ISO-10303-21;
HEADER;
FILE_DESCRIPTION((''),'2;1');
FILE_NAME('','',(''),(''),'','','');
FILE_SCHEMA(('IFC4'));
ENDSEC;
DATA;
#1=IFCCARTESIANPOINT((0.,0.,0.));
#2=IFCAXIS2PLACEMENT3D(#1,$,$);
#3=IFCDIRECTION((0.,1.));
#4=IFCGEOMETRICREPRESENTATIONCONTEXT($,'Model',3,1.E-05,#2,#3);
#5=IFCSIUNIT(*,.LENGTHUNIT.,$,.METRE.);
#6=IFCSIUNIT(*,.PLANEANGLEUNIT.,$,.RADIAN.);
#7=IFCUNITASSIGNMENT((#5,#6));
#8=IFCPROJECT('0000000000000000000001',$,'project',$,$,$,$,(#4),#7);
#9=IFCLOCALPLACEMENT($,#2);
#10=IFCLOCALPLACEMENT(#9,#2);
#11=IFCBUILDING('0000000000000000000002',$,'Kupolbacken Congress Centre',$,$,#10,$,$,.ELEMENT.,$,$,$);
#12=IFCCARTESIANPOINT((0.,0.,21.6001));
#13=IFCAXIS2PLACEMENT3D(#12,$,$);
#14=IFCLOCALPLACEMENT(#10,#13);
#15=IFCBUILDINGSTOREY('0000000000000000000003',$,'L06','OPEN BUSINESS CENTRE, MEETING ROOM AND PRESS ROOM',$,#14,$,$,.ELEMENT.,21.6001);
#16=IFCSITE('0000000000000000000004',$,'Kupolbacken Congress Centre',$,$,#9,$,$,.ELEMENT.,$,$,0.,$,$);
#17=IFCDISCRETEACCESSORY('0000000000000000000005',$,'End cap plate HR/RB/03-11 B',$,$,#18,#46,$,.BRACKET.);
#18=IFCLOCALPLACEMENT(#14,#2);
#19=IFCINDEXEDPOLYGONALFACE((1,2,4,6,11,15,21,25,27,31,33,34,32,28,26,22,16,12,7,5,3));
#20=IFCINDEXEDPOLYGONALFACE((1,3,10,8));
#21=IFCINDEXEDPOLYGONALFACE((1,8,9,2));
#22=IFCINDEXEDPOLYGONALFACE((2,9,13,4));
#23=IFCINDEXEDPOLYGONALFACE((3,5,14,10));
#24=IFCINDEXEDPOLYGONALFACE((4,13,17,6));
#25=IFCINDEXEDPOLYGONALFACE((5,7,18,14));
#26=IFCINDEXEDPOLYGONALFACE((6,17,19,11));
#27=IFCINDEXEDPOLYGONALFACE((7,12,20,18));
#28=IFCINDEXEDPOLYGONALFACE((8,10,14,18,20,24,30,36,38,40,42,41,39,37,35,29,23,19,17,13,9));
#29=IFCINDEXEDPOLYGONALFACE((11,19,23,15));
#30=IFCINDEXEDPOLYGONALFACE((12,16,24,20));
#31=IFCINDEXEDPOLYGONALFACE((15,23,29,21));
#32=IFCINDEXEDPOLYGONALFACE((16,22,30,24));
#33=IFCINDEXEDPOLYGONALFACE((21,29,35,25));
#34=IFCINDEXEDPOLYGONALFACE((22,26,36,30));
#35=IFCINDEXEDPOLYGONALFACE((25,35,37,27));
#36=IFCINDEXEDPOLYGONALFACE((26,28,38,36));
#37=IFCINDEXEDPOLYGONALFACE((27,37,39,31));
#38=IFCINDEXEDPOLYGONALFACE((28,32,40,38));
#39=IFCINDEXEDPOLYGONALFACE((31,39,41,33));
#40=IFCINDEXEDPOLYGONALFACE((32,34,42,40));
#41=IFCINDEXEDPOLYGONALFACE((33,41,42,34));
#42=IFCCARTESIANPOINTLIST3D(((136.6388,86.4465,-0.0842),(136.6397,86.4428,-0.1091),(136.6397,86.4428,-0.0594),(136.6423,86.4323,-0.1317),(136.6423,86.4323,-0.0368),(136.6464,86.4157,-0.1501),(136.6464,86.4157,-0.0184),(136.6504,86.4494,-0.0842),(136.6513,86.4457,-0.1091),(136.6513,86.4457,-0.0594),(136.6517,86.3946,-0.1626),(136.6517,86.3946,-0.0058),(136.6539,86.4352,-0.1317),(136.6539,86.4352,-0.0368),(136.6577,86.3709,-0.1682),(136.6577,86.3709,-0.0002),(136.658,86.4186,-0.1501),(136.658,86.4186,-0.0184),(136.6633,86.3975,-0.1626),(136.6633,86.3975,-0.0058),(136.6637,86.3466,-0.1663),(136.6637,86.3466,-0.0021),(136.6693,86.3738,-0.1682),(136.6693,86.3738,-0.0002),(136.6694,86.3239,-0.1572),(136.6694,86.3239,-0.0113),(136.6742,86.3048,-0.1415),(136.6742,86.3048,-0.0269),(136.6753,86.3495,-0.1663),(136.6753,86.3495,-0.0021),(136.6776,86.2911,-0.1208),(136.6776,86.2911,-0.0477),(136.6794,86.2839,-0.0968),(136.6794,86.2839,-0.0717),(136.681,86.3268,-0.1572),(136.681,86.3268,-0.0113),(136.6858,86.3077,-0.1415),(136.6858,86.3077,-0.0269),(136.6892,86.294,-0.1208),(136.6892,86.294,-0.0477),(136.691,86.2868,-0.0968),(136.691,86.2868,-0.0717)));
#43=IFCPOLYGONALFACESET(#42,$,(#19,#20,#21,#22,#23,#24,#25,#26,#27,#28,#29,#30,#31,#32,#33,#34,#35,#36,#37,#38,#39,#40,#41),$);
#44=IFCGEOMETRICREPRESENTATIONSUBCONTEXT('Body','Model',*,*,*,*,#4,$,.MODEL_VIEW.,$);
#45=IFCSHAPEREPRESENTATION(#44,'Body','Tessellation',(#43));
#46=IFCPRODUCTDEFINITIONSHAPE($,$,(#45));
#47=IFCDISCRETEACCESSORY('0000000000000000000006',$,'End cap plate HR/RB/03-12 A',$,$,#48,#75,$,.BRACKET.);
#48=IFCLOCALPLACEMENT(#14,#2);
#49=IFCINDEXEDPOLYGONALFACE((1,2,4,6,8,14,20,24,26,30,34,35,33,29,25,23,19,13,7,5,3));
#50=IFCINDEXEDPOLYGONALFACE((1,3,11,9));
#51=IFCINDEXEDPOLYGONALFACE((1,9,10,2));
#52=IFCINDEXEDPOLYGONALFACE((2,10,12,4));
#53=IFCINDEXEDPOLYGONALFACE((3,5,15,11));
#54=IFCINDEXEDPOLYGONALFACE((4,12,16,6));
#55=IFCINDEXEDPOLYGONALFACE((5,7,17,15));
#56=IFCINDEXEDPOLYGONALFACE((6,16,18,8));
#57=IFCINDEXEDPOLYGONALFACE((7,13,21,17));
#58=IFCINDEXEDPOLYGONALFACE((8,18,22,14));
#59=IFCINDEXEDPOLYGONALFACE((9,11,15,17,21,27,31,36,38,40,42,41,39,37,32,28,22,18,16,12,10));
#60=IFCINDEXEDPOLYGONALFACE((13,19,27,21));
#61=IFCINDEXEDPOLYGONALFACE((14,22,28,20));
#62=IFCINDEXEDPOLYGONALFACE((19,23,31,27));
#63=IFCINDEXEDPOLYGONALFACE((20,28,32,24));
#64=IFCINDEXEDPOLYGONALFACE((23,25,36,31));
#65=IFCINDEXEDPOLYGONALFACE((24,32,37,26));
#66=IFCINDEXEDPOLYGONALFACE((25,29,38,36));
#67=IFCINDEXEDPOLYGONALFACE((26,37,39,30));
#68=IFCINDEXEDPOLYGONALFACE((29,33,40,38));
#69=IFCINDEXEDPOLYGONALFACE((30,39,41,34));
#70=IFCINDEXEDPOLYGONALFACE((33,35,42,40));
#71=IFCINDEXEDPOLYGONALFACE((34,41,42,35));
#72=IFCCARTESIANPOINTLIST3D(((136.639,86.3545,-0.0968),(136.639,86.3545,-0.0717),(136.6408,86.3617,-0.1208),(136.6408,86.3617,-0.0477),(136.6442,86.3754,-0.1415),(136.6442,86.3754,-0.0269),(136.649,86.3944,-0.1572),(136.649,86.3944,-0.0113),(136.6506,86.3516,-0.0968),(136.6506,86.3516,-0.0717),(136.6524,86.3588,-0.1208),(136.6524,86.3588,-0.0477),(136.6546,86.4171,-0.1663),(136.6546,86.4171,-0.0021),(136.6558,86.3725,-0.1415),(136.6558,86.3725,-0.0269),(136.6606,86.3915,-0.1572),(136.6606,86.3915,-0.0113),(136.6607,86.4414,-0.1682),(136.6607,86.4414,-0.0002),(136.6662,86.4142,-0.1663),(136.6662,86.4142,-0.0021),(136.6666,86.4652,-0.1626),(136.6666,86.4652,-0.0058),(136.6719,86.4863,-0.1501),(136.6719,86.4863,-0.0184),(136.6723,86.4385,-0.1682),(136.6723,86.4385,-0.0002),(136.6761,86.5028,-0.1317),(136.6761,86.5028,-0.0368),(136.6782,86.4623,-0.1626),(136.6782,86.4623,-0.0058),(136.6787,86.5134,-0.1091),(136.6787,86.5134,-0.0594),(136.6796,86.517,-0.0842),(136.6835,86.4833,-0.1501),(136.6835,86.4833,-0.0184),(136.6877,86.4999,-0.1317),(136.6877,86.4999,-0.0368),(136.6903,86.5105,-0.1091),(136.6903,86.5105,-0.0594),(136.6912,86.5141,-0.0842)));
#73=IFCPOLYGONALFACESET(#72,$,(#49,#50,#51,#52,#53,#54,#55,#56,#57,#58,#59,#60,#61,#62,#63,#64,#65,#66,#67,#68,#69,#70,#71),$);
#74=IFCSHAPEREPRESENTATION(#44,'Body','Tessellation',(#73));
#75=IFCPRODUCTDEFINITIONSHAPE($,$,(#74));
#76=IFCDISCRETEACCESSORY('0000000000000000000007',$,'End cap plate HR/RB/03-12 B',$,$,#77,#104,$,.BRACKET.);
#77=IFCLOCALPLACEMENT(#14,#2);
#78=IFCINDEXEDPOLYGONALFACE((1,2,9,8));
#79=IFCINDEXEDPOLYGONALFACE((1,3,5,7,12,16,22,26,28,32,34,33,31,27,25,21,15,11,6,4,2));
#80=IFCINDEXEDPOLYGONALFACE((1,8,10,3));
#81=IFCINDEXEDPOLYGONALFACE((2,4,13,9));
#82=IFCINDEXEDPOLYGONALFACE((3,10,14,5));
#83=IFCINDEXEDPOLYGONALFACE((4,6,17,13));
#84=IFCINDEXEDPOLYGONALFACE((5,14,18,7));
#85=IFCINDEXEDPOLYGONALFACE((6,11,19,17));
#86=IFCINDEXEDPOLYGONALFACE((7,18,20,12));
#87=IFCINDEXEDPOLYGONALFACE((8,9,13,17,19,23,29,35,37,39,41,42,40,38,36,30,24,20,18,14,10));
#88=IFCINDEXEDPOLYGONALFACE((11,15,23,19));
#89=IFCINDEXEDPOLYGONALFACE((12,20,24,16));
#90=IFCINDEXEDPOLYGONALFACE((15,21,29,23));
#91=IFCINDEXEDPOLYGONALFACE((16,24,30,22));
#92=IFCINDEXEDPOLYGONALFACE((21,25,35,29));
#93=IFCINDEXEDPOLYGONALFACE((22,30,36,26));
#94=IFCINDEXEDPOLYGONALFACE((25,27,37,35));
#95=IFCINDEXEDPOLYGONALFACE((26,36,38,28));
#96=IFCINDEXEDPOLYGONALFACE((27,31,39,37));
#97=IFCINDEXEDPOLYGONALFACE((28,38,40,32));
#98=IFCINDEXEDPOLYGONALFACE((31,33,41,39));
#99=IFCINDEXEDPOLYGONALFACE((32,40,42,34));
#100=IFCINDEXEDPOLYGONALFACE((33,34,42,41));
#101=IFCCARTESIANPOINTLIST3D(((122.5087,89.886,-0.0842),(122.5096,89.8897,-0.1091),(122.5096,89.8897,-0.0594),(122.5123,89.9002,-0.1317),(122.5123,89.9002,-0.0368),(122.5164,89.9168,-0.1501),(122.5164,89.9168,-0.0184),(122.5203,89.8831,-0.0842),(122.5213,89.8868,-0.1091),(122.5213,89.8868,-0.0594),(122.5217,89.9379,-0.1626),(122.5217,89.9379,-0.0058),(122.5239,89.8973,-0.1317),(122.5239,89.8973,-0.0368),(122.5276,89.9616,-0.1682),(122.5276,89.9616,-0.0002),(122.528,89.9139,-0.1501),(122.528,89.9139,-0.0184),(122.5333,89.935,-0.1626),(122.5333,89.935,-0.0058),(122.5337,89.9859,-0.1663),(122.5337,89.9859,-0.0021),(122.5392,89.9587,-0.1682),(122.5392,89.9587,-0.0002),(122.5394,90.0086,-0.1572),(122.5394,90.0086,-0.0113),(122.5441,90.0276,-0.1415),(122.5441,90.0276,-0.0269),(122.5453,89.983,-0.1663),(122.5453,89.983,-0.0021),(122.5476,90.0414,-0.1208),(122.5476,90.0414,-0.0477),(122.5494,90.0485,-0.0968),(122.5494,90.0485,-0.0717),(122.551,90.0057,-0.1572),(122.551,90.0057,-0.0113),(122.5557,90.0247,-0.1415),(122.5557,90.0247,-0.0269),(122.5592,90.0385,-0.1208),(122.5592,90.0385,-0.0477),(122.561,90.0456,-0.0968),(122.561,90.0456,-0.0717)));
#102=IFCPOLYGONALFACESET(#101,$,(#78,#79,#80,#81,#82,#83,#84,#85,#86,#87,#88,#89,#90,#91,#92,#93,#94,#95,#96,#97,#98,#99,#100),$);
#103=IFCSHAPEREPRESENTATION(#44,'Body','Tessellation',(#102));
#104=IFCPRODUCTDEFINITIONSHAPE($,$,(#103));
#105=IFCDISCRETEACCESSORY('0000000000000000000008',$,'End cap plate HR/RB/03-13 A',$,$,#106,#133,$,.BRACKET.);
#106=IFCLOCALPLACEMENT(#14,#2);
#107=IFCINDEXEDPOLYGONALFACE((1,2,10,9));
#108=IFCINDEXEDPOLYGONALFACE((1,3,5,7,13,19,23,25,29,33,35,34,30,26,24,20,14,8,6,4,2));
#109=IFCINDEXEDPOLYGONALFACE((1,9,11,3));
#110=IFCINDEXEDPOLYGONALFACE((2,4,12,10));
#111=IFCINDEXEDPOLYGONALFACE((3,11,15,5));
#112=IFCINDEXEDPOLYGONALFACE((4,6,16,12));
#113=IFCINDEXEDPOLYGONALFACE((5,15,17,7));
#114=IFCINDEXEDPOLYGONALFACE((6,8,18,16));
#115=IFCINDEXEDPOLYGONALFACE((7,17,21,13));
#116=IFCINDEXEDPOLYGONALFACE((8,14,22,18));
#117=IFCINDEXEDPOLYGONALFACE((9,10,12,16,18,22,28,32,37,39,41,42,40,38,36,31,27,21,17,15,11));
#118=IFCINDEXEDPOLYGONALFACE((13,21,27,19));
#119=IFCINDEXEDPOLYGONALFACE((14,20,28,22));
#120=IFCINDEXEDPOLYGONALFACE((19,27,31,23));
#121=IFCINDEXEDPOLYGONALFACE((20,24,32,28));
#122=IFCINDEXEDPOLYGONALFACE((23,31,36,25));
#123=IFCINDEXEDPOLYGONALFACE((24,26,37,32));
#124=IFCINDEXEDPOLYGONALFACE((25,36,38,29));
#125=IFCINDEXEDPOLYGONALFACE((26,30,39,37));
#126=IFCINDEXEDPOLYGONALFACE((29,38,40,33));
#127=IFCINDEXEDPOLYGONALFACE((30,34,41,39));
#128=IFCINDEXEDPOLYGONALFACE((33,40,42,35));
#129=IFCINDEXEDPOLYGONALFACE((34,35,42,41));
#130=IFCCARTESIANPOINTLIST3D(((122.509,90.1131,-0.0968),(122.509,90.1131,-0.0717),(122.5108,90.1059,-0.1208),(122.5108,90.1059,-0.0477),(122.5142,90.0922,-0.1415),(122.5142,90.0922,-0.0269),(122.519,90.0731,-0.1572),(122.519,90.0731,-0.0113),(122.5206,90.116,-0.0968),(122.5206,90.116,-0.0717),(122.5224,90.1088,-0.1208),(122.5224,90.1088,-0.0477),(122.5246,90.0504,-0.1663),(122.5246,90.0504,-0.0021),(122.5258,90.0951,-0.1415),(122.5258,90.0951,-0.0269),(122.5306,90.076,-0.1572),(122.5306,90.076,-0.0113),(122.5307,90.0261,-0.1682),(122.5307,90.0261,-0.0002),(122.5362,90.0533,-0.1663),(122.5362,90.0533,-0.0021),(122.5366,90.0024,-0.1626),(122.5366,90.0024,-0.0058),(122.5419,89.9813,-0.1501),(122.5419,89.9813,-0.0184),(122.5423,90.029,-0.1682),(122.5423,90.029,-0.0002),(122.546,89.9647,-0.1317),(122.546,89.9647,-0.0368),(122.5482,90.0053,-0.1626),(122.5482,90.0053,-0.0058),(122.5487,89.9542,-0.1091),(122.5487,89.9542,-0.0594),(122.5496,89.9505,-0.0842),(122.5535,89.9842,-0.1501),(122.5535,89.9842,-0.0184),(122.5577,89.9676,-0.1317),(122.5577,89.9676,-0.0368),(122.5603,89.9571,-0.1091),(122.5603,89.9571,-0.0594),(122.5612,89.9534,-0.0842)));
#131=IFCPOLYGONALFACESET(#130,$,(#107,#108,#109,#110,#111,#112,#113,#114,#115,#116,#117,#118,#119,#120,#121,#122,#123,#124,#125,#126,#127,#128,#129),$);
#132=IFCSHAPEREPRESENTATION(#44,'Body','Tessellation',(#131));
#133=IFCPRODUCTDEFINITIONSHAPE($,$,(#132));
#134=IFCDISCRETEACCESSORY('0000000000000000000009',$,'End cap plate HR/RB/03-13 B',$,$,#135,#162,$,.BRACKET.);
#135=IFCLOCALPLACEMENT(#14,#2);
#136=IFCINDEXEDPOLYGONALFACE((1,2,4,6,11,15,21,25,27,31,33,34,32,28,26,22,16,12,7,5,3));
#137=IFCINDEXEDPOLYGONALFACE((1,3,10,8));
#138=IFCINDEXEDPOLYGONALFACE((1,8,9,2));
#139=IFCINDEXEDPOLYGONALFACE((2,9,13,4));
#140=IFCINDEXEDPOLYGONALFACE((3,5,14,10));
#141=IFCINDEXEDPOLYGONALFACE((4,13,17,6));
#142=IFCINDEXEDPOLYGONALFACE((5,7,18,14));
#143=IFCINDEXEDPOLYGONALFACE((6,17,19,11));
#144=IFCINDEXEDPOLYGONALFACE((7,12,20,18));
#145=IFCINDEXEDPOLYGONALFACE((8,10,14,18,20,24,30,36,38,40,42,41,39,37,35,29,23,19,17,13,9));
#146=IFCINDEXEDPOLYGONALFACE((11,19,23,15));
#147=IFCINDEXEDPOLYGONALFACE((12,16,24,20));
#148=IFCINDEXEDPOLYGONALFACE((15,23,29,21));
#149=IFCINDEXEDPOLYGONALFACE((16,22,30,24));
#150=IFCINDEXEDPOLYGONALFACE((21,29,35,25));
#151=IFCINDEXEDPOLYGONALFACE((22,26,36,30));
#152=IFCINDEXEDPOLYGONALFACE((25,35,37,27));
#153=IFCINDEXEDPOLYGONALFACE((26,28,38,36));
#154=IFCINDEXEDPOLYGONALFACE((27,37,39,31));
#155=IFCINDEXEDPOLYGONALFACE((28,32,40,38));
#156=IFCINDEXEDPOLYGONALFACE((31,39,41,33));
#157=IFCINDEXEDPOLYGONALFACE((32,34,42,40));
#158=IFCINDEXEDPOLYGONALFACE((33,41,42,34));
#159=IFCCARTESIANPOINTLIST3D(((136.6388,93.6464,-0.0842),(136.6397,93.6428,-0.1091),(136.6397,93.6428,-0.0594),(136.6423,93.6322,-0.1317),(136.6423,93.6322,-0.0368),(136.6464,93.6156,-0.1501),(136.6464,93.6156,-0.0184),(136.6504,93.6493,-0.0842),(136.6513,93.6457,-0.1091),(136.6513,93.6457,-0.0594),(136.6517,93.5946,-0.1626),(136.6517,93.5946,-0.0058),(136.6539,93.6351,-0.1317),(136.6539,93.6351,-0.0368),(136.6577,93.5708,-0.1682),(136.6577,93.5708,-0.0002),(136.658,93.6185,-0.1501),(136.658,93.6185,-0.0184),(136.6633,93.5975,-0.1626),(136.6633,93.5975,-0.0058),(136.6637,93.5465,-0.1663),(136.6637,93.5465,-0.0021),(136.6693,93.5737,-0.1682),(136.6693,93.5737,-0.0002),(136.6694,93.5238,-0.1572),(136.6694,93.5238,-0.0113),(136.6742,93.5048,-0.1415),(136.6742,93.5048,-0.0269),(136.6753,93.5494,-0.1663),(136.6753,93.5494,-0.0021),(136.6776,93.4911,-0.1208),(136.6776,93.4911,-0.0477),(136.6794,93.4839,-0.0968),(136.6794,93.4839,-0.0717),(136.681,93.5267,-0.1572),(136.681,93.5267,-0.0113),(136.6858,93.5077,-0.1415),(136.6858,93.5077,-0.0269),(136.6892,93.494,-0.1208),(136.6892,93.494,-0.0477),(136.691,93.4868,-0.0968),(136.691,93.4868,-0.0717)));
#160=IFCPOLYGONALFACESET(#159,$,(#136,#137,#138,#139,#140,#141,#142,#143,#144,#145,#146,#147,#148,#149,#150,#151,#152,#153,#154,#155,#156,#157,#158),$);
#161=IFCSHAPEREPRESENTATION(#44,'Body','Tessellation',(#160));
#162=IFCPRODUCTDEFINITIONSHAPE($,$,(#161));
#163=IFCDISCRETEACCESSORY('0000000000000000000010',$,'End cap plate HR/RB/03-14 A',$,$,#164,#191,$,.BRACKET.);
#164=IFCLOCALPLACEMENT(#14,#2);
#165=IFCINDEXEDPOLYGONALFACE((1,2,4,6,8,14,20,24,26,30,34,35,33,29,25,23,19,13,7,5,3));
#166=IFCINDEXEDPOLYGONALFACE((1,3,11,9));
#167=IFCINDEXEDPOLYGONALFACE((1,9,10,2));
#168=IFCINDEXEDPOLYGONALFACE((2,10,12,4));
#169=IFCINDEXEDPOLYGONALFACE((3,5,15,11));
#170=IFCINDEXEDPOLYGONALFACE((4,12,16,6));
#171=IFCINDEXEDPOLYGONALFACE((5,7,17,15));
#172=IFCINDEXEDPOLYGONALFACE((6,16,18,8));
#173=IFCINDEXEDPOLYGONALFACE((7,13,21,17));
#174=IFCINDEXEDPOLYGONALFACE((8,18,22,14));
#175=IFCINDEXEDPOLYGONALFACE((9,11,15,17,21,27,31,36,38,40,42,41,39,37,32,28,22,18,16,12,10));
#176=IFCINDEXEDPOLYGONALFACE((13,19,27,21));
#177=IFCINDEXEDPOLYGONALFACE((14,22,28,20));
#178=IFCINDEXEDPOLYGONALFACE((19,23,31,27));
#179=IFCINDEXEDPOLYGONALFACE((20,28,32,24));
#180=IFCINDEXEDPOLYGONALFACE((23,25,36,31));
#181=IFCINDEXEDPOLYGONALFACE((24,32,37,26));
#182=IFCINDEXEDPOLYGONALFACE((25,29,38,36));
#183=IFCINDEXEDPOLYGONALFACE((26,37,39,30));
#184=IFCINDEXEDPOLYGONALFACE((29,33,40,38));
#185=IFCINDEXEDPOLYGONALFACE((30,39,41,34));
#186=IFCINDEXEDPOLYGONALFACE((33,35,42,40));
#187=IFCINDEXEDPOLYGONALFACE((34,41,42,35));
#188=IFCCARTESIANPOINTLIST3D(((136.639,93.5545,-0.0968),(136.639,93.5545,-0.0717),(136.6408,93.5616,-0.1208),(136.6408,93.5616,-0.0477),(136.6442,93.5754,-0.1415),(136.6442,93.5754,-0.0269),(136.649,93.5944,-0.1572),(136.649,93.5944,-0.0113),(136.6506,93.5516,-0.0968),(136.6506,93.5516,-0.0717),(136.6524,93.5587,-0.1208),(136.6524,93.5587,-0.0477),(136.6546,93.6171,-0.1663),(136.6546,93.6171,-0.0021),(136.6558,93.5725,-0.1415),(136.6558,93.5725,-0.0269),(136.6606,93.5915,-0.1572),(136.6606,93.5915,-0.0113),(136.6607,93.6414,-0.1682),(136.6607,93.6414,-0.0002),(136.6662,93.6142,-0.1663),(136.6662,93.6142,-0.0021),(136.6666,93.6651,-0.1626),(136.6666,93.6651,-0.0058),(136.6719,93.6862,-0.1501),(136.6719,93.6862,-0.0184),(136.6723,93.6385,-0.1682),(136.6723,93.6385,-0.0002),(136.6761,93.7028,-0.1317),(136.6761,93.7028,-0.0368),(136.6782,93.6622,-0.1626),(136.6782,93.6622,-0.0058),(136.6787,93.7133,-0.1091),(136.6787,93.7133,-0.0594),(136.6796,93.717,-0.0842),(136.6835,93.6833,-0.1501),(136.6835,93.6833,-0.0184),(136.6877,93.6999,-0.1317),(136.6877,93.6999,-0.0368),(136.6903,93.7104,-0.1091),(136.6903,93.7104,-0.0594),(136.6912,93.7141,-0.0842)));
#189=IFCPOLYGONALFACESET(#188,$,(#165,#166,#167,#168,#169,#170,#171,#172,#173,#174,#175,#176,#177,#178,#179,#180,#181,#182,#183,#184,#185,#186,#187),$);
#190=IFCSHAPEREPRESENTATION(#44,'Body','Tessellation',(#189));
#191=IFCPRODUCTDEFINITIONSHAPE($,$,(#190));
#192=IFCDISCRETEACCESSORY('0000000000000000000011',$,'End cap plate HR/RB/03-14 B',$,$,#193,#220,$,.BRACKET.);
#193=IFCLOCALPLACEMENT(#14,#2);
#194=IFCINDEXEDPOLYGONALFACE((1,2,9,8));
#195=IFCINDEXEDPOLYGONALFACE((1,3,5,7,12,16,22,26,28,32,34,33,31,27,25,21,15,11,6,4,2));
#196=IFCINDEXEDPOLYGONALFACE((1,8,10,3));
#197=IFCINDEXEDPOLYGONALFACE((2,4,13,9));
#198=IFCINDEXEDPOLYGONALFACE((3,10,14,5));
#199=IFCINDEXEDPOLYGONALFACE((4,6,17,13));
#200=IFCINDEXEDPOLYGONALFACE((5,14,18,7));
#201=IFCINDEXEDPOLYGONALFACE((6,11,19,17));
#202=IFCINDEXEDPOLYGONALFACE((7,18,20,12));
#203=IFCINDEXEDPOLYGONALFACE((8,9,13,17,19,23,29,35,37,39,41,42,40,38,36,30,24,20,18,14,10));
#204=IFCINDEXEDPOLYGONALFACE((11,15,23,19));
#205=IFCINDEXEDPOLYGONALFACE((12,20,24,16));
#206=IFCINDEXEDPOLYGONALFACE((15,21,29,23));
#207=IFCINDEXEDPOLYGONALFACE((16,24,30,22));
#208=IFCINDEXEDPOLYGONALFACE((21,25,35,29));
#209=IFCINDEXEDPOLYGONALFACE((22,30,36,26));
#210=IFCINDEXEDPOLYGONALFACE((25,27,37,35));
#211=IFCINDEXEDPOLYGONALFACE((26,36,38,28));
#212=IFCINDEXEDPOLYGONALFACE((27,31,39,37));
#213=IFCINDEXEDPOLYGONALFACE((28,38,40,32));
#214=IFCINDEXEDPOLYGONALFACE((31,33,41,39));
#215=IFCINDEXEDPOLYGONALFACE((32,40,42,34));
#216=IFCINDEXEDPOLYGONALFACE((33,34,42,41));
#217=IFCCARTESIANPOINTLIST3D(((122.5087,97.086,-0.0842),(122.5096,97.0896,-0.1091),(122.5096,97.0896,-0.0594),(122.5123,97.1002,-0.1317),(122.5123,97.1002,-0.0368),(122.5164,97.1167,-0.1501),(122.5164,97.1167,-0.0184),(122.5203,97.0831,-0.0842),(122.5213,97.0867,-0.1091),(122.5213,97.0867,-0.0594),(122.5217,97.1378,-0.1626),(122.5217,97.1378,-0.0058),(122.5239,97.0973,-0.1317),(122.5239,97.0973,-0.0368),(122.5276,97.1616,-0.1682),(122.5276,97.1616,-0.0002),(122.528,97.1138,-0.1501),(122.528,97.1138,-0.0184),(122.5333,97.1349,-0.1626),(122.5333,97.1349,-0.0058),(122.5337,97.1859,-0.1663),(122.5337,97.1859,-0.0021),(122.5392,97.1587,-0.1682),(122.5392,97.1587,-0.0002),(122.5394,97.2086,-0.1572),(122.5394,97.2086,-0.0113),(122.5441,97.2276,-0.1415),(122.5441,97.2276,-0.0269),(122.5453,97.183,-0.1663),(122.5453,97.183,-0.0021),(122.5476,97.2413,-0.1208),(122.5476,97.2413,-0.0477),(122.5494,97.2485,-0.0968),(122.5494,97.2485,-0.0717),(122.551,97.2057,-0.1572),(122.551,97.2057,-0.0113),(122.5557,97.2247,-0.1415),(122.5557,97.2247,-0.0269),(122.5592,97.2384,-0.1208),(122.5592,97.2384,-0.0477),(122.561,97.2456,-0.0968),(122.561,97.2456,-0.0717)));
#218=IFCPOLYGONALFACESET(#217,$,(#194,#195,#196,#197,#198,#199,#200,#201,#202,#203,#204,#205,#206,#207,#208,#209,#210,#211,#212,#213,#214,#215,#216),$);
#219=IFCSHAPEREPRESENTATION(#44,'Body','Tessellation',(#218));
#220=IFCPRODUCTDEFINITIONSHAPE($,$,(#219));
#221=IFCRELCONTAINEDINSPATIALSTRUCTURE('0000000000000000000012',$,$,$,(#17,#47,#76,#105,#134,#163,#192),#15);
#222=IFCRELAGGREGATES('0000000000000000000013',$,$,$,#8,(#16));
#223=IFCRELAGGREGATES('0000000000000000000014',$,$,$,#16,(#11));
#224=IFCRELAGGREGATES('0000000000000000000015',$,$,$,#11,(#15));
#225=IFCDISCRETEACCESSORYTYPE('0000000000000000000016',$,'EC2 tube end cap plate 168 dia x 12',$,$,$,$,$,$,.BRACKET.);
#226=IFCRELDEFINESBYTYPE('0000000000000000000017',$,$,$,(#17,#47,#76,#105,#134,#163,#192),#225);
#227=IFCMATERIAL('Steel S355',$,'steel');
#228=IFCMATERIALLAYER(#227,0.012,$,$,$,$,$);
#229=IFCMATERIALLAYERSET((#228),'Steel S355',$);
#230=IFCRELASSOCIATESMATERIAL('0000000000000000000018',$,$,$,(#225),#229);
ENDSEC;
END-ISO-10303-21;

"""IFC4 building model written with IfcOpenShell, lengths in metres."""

from ifc_helpers import new_model, si_unit, direction, frame, origin, origin_2d, place, context, subcontext, project, spatial, circle, extrude, material, layer, layer_set, type_object, element, save


model = new_model("IFC4")

# Units and contexts
model_context = context("Model", 3, precision=1e-05, world=origin(), true_north=direction((0.0, 1.0)))
body_context = subcontext(model_context, "Body", "Model", "MODEL_VIEW")
ifc_project = project(units=[si_unit("LENGTHUNIT", "METRE"), si_unit("PLANEANGLEUNIT", "RADIAN")], contexts=[model_context])

# Site, building, storey
site_placement = place(None, origin())
site = spatial("IfcSite", under=ifc_project, at=site_placement, Name="Kupolbacken Congress Centre", CompositionType="ELEMENT", RefElevation=0.0)
building_placement = place(site_placement, origin())
building = spatial("IfcBuilding", under=site, at=building_placement, Name="Kupolbacken Congress Centre", CompositionType="ELEMENT")
storey_placement = place(building_placement, frame((0.0, 0.0, 21.6001)))
storey = spatial("IfcBuildingStorey", under=building, at=storey_placement, Name="L06", Description="OPEN BUSINESS CENTRE, MEETING ROOM AND PRESS ROOM", CompositionType="ELEMENT", Elevation=21.6001)

# Discrete accessories
ifc_material_1 = material(Name="Steel S355", Category="steel")
ifc_layer_1 = layer(ifc_material_1, 0.012)
ifc_layer_set_1 = layer_set([ifc_layer_1], Name="Steel S355")
discrete_accessory_type = type_object("IfcDiscreteAccessoryType", Name="EC2 tube end cap plate 168 dia x 12", PredefinedType="BRACKET", material=ifc_layer_set_1)
for number, where, z_axis, x_axis, name in (
    (1, (136.6592, 86.3647, -0.0842), (0.970143, 0.242536, 0.0), (-0.242536, 0.970143, 0.0), "End cap plate HR/RB/03-11 B"),
    (2, (136.6592, 86.4353, -0.0842), (0.970143, -0.242536, 0.0), (0.242536, 0.970143, 0.0), "End cap plate HR/RB/03-12 A"),
    (3, (122.5408, 89.9648, -0.0842), (-0.970143, 0.242536, 0.0), (-0.242536, -0.970143, 0.0), "End cap plate HR/RB/03-12 B"),
    (4, (122.5408, 90.0352, -0.0842), (-0.970143, -0.242536, 0.0), (0.242536, -0.970143, 0.0), "End cap plate HR/RB/03-13 A"),
    (5, (136.6592, 93.5647, -0.0842), (0.970143, 0.242536, 0.0), (-0.242536, 0.970143, 0.0), "End cap plate HR/RB/03-13 B"),
    (6, (136.6592, 93.6353, -0.0842), (0.970143, -0.242536, 0.0), (0.242536, 0.970143, 0.0), "End cap plate HR/RB/03-14 A"),
    (7, (122.5408, 97.1648, -0.0842), (-0.970143, 0.242536, 0.0), (-0.242536, -0.970143, 0.0), "End cap plate HR/RB/03-14 B"),
):
    element("IfcDiscreteAccessory", number, at=place(storey_placement, frame(where, z_axis=z_axis, x_axis=x_axis)), inside=storey, type_object=discrete_accessory_type, Name=name, PredefinedType="BRACKET", context=body_context, shape_type="SweptSolid", body=[
        extrude(circle(Radius=0.0842, at=origin_2d()), origin(), (0.0, 0.0, 1.0), 0.012),
    ])

save(model, "model.ifc")
